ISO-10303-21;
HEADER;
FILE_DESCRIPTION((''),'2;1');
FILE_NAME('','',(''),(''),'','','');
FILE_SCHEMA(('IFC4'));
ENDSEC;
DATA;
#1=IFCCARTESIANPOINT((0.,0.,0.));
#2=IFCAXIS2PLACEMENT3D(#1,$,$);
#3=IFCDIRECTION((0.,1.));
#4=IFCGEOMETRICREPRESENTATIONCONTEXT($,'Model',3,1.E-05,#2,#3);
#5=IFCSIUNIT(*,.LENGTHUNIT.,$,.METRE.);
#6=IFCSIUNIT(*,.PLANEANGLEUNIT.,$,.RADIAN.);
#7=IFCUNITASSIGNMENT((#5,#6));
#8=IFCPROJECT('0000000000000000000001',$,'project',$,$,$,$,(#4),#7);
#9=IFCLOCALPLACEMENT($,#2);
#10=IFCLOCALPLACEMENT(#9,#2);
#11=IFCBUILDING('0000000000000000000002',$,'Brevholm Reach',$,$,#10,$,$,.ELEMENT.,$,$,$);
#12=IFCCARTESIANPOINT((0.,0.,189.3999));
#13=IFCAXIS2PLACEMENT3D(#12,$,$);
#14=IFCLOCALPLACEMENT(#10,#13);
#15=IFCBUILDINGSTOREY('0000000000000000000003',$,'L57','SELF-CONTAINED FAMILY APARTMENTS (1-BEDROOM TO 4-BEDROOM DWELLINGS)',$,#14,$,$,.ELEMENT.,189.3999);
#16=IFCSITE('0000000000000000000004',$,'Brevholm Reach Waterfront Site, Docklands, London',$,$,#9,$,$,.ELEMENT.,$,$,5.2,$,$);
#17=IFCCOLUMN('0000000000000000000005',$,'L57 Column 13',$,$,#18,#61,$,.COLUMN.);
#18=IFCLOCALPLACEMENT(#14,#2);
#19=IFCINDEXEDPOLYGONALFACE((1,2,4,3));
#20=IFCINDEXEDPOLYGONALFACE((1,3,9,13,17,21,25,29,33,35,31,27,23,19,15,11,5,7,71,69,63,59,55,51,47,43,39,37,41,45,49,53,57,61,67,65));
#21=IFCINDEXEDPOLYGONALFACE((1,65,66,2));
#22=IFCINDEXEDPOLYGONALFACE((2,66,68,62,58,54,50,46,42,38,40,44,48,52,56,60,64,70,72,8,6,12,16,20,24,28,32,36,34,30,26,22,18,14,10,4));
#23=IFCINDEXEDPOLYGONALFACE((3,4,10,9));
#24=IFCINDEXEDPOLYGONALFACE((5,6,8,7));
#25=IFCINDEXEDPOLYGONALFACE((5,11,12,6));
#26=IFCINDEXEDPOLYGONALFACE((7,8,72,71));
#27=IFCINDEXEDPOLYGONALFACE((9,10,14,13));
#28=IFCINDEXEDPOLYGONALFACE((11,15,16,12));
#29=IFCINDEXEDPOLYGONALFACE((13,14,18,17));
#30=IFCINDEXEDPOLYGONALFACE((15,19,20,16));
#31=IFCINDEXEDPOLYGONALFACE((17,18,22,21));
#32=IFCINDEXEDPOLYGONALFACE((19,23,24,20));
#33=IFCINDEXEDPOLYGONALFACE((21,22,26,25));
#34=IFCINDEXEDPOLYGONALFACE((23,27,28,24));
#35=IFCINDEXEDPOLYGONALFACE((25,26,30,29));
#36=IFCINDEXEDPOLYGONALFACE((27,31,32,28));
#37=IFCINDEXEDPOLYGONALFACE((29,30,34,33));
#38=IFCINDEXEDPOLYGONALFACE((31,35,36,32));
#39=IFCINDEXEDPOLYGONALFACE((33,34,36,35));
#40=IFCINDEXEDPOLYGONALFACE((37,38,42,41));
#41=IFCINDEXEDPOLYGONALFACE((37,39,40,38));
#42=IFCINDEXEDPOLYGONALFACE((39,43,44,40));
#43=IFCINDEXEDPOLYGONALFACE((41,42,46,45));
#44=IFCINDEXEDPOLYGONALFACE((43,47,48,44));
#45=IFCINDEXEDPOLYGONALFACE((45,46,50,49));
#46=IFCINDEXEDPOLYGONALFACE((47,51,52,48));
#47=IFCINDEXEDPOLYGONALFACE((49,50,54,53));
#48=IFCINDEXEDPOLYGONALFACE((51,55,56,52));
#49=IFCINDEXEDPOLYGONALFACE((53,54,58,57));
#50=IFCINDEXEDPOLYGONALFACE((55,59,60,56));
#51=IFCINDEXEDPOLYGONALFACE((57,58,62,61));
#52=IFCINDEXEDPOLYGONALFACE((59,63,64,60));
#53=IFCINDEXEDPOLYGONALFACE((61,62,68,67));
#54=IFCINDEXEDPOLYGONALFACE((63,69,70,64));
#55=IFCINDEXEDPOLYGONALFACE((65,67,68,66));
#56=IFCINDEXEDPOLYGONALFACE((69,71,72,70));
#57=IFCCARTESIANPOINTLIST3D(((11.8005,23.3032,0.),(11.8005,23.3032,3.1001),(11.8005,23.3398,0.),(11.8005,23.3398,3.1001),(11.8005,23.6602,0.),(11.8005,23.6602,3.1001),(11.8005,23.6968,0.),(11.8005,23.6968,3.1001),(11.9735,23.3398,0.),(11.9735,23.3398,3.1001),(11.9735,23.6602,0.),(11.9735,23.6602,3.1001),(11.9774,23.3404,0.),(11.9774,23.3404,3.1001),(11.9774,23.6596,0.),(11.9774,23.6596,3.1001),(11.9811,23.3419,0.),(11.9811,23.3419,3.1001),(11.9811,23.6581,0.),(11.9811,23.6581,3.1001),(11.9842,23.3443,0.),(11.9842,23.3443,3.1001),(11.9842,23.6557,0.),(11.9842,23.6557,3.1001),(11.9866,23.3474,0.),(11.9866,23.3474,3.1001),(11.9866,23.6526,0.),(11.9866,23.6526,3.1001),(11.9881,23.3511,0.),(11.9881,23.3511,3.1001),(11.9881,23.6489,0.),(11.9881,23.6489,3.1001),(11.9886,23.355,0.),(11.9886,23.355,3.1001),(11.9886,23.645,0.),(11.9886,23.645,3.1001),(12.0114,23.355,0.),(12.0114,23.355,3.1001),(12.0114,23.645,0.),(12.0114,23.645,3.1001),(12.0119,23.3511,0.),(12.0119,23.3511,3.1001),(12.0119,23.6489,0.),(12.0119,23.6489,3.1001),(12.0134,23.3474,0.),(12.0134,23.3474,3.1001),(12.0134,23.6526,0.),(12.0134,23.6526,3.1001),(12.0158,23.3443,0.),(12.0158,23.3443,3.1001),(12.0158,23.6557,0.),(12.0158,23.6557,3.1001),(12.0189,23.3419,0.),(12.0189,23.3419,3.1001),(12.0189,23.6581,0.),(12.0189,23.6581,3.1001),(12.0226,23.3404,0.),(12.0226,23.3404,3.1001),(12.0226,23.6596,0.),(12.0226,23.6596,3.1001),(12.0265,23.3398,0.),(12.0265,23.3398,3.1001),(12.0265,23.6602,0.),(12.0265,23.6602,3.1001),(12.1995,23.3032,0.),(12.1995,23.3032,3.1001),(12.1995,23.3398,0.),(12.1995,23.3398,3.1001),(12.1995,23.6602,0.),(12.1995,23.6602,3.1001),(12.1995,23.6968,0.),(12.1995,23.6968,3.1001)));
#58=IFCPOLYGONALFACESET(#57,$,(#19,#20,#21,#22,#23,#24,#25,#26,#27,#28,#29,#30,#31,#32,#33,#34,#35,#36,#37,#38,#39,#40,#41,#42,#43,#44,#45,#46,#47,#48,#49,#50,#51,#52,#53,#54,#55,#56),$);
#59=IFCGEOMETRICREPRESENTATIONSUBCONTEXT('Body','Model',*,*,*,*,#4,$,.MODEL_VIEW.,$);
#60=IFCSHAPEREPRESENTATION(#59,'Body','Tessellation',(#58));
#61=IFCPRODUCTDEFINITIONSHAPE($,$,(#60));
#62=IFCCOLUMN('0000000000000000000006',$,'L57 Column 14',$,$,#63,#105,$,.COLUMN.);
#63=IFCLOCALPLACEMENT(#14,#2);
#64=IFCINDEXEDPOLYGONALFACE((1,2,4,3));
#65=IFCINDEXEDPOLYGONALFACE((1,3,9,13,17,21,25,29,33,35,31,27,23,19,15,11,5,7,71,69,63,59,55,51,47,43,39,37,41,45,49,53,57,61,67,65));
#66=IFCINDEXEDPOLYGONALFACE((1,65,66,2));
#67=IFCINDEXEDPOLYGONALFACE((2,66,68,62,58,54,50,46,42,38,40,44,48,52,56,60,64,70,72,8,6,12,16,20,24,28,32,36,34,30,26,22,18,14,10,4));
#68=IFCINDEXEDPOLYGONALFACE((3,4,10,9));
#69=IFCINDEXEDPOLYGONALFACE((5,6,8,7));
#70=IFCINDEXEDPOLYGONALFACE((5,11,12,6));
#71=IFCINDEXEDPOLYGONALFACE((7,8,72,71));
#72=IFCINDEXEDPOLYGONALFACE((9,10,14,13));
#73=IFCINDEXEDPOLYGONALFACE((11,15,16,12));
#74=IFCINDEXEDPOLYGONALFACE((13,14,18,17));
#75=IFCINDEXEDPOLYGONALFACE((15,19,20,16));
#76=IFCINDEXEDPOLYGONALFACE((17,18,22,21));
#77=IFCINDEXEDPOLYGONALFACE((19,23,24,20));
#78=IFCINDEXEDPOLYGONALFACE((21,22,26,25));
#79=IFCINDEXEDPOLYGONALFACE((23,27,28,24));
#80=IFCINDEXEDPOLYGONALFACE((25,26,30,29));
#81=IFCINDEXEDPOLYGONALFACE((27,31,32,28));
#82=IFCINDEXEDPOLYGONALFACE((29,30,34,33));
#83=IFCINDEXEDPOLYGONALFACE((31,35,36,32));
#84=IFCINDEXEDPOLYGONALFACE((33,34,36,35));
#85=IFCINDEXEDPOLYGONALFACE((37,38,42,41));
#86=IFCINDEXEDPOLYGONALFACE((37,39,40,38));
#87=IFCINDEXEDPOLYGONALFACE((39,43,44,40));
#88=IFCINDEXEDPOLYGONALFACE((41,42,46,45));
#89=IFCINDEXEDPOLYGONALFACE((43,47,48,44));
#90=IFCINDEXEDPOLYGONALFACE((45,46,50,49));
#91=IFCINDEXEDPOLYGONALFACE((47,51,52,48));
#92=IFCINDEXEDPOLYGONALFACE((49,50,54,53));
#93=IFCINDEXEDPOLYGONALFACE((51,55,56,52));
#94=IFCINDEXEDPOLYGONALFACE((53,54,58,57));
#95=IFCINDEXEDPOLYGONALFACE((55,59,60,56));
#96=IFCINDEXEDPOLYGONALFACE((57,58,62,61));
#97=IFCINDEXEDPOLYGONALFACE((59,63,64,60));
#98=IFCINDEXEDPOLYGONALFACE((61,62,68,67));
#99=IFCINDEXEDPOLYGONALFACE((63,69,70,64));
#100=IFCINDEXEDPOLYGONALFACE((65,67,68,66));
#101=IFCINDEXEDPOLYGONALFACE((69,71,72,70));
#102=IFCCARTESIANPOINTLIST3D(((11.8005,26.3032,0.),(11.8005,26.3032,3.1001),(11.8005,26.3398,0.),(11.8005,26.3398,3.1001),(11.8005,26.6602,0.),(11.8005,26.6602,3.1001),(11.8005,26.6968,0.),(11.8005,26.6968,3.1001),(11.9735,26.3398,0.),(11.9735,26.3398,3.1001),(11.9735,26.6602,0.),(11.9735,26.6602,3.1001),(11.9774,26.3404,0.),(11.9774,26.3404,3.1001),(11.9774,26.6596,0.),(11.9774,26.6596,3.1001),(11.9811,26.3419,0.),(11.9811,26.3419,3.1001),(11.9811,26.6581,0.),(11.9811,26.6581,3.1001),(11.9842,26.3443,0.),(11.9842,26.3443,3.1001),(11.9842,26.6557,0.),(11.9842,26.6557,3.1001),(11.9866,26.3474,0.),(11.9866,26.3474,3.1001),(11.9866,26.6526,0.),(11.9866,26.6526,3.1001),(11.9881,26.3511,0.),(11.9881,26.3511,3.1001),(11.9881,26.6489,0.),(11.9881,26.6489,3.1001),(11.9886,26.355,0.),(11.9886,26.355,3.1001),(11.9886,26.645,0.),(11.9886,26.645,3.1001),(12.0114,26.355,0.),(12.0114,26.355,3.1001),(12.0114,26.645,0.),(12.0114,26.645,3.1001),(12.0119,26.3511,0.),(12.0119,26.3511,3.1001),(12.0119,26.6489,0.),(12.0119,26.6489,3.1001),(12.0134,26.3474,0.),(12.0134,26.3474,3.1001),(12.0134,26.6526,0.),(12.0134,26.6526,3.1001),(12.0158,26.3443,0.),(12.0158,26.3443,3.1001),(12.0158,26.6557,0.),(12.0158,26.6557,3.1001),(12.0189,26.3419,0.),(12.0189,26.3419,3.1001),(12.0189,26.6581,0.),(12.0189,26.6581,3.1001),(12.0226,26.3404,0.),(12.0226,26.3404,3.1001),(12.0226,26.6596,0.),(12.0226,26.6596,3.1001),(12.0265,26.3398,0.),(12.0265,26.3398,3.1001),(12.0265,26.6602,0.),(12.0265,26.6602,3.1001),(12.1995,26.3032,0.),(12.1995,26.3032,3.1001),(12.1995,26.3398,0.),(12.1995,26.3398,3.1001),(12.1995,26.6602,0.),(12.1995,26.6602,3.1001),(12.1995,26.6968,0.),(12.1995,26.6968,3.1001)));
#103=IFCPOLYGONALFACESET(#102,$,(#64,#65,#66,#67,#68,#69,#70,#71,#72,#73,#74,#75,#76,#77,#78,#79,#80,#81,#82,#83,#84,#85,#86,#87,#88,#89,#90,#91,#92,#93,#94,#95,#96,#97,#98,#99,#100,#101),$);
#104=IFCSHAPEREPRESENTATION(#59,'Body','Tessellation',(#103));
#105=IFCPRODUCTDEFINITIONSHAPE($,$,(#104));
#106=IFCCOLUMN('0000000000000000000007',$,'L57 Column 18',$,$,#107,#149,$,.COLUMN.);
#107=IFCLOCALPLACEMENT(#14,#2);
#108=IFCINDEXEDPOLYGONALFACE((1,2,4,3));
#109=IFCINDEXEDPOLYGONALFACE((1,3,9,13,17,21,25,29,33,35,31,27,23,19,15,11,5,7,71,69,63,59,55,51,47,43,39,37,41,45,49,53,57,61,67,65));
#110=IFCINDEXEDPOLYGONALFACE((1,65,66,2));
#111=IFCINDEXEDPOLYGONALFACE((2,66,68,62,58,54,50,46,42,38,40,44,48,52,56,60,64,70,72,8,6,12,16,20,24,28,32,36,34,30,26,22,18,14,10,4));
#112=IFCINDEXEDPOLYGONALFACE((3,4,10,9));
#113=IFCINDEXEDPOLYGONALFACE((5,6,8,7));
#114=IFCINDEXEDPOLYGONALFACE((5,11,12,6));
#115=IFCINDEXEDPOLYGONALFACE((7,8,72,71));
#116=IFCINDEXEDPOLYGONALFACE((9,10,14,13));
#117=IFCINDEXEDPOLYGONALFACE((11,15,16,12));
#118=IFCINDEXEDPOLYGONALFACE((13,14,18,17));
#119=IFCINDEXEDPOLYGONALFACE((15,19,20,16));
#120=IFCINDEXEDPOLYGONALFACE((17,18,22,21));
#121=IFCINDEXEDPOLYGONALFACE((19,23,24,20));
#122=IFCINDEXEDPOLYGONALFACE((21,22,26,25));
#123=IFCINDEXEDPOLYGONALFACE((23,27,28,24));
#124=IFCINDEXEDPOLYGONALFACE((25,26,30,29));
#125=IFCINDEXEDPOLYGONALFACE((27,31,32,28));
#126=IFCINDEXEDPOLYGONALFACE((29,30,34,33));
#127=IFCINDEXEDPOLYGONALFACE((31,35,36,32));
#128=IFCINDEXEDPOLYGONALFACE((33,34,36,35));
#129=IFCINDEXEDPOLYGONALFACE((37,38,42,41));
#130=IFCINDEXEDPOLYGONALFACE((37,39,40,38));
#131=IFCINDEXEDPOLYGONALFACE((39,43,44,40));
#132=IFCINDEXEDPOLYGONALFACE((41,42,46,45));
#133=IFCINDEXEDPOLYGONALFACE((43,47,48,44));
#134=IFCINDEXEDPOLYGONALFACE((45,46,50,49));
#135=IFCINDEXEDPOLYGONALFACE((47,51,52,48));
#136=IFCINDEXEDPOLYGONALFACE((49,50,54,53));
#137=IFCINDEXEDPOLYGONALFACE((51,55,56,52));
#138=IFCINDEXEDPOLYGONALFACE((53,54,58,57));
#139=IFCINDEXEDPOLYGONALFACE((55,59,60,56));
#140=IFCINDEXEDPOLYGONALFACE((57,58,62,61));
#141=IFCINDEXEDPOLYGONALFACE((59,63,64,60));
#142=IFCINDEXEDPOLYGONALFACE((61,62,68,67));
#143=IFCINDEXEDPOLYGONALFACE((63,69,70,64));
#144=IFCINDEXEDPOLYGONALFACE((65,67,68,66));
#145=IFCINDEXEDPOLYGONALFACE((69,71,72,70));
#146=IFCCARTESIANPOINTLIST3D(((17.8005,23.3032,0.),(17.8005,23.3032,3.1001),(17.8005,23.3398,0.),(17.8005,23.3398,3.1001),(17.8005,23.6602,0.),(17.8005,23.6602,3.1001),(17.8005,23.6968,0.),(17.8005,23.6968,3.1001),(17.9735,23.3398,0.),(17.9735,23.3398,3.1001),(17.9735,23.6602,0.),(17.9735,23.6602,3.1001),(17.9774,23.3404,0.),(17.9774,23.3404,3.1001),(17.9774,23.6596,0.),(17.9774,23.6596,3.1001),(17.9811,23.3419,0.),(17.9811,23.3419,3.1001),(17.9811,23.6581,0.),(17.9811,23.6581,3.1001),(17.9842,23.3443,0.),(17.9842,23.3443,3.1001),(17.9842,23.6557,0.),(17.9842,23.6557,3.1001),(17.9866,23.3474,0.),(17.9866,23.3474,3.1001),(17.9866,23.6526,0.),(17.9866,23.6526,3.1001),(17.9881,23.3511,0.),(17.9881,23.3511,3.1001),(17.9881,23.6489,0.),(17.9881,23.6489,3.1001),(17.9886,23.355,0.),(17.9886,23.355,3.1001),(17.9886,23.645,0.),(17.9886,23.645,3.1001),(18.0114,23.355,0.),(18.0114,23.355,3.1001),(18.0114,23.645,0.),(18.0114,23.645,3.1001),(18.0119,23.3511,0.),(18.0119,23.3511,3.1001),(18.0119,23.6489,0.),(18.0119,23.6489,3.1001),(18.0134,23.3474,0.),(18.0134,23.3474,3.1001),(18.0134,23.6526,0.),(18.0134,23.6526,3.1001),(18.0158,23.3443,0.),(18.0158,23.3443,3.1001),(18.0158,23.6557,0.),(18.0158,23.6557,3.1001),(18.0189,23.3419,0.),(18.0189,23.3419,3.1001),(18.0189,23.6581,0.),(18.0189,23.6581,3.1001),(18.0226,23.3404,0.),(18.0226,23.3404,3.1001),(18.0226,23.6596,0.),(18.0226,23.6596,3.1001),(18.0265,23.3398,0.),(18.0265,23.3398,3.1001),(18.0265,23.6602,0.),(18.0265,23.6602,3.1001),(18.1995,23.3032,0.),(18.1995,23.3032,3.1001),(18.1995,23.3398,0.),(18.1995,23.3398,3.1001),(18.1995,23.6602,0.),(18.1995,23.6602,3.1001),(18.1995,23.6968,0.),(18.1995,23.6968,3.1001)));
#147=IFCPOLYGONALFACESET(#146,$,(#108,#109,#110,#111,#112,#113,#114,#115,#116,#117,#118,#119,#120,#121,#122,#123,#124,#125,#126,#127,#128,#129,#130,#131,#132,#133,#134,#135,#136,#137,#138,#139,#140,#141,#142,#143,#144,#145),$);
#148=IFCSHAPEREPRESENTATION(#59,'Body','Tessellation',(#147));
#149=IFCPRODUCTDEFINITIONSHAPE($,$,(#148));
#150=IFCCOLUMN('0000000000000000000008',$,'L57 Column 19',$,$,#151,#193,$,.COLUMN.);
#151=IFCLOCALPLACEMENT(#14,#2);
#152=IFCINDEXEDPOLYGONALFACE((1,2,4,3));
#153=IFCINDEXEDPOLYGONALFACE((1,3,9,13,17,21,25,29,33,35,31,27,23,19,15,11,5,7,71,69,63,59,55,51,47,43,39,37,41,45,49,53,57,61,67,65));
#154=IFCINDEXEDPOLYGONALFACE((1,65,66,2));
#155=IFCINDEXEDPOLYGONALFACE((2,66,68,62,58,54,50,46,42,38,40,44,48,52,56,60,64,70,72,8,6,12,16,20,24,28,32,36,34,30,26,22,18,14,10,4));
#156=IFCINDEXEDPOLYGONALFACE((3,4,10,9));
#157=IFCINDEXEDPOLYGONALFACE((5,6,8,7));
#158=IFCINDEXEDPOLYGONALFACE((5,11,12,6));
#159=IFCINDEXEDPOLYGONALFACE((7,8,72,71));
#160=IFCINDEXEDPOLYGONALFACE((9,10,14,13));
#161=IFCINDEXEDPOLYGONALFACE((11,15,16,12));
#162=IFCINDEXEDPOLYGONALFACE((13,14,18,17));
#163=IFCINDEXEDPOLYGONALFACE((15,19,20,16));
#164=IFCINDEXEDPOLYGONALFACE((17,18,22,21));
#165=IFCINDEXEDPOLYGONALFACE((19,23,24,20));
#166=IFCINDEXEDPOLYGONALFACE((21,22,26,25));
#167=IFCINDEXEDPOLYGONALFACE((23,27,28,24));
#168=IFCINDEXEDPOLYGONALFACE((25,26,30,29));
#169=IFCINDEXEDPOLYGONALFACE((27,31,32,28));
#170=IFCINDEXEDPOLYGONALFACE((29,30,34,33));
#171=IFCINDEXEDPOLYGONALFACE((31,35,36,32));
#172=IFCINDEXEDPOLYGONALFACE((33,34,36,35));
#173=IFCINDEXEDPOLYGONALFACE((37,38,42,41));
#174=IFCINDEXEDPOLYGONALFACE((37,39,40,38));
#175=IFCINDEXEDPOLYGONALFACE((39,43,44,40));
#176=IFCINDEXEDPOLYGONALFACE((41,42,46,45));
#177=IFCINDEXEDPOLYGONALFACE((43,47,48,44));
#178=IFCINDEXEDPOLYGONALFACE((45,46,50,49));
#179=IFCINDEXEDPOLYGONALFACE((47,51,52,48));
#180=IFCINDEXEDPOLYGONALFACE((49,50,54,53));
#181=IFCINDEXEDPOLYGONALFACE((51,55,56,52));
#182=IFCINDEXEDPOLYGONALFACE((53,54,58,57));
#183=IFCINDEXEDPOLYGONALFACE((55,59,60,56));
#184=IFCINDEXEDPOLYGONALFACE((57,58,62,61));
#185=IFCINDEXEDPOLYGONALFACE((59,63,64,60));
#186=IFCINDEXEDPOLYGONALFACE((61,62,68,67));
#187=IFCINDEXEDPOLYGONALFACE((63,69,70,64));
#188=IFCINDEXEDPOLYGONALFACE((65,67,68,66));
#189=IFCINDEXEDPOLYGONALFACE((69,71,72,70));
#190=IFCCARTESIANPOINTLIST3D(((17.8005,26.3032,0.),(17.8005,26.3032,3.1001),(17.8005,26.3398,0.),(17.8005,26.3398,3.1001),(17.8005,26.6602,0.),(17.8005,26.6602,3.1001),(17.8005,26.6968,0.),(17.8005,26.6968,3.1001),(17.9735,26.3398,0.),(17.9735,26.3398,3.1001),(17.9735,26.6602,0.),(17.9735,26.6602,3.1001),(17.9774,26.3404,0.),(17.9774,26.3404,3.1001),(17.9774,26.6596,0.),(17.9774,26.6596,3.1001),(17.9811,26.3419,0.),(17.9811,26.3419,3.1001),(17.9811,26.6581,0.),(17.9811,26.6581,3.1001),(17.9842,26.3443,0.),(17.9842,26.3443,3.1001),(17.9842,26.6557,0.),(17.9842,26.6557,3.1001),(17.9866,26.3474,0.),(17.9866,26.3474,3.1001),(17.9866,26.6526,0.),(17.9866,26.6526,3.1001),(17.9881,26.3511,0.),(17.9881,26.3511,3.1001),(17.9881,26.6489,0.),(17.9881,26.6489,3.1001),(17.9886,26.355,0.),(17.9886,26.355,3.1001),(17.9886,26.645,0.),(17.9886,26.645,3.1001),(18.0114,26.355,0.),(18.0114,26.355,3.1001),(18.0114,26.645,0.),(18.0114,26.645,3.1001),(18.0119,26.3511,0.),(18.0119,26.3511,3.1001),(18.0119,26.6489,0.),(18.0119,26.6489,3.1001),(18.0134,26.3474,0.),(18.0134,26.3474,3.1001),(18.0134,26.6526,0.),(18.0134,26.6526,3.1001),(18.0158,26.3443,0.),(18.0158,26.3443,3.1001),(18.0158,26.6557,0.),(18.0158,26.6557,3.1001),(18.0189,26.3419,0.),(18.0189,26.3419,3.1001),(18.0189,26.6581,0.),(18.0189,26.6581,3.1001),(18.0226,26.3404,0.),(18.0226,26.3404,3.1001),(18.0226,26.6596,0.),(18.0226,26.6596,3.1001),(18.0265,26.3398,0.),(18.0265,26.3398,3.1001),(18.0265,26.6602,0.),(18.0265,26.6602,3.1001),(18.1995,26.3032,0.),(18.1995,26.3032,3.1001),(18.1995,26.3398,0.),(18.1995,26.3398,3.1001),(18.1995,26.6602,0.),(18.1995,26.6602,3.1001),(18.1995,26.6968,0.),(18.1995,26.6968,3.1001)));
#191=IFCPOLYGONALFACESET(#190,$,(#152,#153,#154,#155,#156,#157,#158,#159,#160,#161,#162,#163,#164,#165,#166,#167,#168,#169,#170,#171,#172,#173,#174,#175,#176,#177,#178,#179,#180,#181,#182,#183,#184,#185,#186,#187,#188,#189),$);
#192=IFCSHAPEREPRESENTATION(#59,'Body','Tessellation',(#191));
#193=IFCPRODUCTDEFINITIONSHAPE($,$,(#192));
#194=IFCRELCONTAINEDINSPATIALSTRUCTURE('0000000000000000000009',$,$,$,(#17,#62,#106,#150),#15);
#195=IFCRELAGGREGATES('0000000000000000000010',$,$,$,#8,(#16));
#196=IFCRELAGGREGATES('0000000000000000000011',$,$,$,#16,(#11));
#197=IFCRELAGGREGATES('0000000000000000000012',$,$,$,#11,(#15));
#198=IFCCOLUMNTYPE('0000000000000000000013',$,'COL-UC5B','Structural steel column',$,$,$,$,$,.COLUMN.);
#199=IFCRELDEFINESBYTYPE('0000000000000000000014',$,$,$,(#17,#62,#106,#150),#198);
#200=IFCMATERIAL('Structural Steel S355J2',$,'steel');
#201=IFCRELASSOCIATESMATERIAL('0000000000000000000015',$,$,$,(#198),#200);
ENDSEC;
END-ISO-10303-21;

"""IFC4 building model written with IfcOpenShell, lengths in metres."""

from ifc_helpers import new_model, si_unit, direction, frame, origin, origin_2d, place, context, subcontext, project, spatial, i_section, extrude, material, material_profile, profile_set, type_object, element, save


model = new_model("IFC4")

# Units and contexts
model_context = context("Model", 3, precision=1e-05, world=origin(), true_north=direction((0.0, 1.0)))
body_context = subcontext(model_context, "Body", "Model", "MODEL_VIEW")
ifc_project = project(units=[si_unit("LENGTHUNIT", "METRE"), si_unit("PLANEANGLEUNIT", "RADIAN")], contexts=[model_context])

# Site, building, storey
site_placement = place(None, origin())
site = spatial("IfcSite", under=ifc_project, at=site_placement, Name="Brevholm Reach Waterfront Site, Docklands, London", CompositionType="ELEMENT", RefElevation=5.2)
building_placement = place(site_placement, origin())
building = spatial("IfcBuilding", under=site, at=building_placement, Name="Brevholm Reach", CompositionType="ELEMENT")
storey_placement = place(building_placement, frame((0.0, 0.0, 189.3999)))
storey = spatial("IfcBuildingStorey", under=building, at=storey_placement, Name="L57", Description="SELF-CONTAINED FAMILY APARTMENTS (1-BEDROOM TO 4-BEDROOM DWELLINGS)", CompositionType="ELEMENT", Elevation=189.3999)

# Columns
ifc_material_1 = material(Name="Structural Steel S355J2", Category="steel")
ifc_material_profile_1 = material_profile(ifc_material_1, i_section(OverallWidth=0.3989, OverallDepth=0.3936, WebThickness=0.0227, FlangeThickness=0.0366, FilletRadius=0.0151, at=origin_2d()), Name="UKC 356x406x287")
ifc_profile_set_1 = profile_set([ifc_material_profile_1], Name="Structural Steel S355J2")
column_type = type_object("IfcColumnType", Name="COL-UC5B", Description="Structural steel column", PredefinedType="COLUMN", material=ifc_profile_set_1)
for number, where, z_axis, x_axis, name in (
    (1, (12.0, 23.5, 0.0), (0.0, 0.0, 1.0), (1.0, 0.0, 0.0), "L57 Column 13"),
    (2, (12.0, 26.5, 0.0), (0.0, 0.0, 1.0), (1.0, 0.0, 0.0), "L57 Column 14"),
    (3, (18.0, 23.5, 0.0), (0.0, 0.0, 1.0), (1.0, 0.0, 0.0), "L57 Column 18"),
    (4, (18.0, 26.5, 0.0), (0.0, 0.0, 1.0), (1.0, 0.0, 0.0), "L57 Column 19"),
):
    element("IfcColumn", number, at=place(storey_placement, frame(where, z_axis=z_axis, x_axis=x_axis)), inside=storey, type_object=column_type, Name=name, PredefinedType="COLUMN", context=body_context, shape_type="SweptSolid", body=[
        extrude(i_section(OverallWidth=0.3989, OverallDepth=0.3936, WebThickness=0.0227, FlangeThickness=0.0366, FilletRadius=0.0151, at=origin_2d()), origin(), (0.0, 0.0, 1.0), 3.1001),
    ])

save(model, "model.ifc")
